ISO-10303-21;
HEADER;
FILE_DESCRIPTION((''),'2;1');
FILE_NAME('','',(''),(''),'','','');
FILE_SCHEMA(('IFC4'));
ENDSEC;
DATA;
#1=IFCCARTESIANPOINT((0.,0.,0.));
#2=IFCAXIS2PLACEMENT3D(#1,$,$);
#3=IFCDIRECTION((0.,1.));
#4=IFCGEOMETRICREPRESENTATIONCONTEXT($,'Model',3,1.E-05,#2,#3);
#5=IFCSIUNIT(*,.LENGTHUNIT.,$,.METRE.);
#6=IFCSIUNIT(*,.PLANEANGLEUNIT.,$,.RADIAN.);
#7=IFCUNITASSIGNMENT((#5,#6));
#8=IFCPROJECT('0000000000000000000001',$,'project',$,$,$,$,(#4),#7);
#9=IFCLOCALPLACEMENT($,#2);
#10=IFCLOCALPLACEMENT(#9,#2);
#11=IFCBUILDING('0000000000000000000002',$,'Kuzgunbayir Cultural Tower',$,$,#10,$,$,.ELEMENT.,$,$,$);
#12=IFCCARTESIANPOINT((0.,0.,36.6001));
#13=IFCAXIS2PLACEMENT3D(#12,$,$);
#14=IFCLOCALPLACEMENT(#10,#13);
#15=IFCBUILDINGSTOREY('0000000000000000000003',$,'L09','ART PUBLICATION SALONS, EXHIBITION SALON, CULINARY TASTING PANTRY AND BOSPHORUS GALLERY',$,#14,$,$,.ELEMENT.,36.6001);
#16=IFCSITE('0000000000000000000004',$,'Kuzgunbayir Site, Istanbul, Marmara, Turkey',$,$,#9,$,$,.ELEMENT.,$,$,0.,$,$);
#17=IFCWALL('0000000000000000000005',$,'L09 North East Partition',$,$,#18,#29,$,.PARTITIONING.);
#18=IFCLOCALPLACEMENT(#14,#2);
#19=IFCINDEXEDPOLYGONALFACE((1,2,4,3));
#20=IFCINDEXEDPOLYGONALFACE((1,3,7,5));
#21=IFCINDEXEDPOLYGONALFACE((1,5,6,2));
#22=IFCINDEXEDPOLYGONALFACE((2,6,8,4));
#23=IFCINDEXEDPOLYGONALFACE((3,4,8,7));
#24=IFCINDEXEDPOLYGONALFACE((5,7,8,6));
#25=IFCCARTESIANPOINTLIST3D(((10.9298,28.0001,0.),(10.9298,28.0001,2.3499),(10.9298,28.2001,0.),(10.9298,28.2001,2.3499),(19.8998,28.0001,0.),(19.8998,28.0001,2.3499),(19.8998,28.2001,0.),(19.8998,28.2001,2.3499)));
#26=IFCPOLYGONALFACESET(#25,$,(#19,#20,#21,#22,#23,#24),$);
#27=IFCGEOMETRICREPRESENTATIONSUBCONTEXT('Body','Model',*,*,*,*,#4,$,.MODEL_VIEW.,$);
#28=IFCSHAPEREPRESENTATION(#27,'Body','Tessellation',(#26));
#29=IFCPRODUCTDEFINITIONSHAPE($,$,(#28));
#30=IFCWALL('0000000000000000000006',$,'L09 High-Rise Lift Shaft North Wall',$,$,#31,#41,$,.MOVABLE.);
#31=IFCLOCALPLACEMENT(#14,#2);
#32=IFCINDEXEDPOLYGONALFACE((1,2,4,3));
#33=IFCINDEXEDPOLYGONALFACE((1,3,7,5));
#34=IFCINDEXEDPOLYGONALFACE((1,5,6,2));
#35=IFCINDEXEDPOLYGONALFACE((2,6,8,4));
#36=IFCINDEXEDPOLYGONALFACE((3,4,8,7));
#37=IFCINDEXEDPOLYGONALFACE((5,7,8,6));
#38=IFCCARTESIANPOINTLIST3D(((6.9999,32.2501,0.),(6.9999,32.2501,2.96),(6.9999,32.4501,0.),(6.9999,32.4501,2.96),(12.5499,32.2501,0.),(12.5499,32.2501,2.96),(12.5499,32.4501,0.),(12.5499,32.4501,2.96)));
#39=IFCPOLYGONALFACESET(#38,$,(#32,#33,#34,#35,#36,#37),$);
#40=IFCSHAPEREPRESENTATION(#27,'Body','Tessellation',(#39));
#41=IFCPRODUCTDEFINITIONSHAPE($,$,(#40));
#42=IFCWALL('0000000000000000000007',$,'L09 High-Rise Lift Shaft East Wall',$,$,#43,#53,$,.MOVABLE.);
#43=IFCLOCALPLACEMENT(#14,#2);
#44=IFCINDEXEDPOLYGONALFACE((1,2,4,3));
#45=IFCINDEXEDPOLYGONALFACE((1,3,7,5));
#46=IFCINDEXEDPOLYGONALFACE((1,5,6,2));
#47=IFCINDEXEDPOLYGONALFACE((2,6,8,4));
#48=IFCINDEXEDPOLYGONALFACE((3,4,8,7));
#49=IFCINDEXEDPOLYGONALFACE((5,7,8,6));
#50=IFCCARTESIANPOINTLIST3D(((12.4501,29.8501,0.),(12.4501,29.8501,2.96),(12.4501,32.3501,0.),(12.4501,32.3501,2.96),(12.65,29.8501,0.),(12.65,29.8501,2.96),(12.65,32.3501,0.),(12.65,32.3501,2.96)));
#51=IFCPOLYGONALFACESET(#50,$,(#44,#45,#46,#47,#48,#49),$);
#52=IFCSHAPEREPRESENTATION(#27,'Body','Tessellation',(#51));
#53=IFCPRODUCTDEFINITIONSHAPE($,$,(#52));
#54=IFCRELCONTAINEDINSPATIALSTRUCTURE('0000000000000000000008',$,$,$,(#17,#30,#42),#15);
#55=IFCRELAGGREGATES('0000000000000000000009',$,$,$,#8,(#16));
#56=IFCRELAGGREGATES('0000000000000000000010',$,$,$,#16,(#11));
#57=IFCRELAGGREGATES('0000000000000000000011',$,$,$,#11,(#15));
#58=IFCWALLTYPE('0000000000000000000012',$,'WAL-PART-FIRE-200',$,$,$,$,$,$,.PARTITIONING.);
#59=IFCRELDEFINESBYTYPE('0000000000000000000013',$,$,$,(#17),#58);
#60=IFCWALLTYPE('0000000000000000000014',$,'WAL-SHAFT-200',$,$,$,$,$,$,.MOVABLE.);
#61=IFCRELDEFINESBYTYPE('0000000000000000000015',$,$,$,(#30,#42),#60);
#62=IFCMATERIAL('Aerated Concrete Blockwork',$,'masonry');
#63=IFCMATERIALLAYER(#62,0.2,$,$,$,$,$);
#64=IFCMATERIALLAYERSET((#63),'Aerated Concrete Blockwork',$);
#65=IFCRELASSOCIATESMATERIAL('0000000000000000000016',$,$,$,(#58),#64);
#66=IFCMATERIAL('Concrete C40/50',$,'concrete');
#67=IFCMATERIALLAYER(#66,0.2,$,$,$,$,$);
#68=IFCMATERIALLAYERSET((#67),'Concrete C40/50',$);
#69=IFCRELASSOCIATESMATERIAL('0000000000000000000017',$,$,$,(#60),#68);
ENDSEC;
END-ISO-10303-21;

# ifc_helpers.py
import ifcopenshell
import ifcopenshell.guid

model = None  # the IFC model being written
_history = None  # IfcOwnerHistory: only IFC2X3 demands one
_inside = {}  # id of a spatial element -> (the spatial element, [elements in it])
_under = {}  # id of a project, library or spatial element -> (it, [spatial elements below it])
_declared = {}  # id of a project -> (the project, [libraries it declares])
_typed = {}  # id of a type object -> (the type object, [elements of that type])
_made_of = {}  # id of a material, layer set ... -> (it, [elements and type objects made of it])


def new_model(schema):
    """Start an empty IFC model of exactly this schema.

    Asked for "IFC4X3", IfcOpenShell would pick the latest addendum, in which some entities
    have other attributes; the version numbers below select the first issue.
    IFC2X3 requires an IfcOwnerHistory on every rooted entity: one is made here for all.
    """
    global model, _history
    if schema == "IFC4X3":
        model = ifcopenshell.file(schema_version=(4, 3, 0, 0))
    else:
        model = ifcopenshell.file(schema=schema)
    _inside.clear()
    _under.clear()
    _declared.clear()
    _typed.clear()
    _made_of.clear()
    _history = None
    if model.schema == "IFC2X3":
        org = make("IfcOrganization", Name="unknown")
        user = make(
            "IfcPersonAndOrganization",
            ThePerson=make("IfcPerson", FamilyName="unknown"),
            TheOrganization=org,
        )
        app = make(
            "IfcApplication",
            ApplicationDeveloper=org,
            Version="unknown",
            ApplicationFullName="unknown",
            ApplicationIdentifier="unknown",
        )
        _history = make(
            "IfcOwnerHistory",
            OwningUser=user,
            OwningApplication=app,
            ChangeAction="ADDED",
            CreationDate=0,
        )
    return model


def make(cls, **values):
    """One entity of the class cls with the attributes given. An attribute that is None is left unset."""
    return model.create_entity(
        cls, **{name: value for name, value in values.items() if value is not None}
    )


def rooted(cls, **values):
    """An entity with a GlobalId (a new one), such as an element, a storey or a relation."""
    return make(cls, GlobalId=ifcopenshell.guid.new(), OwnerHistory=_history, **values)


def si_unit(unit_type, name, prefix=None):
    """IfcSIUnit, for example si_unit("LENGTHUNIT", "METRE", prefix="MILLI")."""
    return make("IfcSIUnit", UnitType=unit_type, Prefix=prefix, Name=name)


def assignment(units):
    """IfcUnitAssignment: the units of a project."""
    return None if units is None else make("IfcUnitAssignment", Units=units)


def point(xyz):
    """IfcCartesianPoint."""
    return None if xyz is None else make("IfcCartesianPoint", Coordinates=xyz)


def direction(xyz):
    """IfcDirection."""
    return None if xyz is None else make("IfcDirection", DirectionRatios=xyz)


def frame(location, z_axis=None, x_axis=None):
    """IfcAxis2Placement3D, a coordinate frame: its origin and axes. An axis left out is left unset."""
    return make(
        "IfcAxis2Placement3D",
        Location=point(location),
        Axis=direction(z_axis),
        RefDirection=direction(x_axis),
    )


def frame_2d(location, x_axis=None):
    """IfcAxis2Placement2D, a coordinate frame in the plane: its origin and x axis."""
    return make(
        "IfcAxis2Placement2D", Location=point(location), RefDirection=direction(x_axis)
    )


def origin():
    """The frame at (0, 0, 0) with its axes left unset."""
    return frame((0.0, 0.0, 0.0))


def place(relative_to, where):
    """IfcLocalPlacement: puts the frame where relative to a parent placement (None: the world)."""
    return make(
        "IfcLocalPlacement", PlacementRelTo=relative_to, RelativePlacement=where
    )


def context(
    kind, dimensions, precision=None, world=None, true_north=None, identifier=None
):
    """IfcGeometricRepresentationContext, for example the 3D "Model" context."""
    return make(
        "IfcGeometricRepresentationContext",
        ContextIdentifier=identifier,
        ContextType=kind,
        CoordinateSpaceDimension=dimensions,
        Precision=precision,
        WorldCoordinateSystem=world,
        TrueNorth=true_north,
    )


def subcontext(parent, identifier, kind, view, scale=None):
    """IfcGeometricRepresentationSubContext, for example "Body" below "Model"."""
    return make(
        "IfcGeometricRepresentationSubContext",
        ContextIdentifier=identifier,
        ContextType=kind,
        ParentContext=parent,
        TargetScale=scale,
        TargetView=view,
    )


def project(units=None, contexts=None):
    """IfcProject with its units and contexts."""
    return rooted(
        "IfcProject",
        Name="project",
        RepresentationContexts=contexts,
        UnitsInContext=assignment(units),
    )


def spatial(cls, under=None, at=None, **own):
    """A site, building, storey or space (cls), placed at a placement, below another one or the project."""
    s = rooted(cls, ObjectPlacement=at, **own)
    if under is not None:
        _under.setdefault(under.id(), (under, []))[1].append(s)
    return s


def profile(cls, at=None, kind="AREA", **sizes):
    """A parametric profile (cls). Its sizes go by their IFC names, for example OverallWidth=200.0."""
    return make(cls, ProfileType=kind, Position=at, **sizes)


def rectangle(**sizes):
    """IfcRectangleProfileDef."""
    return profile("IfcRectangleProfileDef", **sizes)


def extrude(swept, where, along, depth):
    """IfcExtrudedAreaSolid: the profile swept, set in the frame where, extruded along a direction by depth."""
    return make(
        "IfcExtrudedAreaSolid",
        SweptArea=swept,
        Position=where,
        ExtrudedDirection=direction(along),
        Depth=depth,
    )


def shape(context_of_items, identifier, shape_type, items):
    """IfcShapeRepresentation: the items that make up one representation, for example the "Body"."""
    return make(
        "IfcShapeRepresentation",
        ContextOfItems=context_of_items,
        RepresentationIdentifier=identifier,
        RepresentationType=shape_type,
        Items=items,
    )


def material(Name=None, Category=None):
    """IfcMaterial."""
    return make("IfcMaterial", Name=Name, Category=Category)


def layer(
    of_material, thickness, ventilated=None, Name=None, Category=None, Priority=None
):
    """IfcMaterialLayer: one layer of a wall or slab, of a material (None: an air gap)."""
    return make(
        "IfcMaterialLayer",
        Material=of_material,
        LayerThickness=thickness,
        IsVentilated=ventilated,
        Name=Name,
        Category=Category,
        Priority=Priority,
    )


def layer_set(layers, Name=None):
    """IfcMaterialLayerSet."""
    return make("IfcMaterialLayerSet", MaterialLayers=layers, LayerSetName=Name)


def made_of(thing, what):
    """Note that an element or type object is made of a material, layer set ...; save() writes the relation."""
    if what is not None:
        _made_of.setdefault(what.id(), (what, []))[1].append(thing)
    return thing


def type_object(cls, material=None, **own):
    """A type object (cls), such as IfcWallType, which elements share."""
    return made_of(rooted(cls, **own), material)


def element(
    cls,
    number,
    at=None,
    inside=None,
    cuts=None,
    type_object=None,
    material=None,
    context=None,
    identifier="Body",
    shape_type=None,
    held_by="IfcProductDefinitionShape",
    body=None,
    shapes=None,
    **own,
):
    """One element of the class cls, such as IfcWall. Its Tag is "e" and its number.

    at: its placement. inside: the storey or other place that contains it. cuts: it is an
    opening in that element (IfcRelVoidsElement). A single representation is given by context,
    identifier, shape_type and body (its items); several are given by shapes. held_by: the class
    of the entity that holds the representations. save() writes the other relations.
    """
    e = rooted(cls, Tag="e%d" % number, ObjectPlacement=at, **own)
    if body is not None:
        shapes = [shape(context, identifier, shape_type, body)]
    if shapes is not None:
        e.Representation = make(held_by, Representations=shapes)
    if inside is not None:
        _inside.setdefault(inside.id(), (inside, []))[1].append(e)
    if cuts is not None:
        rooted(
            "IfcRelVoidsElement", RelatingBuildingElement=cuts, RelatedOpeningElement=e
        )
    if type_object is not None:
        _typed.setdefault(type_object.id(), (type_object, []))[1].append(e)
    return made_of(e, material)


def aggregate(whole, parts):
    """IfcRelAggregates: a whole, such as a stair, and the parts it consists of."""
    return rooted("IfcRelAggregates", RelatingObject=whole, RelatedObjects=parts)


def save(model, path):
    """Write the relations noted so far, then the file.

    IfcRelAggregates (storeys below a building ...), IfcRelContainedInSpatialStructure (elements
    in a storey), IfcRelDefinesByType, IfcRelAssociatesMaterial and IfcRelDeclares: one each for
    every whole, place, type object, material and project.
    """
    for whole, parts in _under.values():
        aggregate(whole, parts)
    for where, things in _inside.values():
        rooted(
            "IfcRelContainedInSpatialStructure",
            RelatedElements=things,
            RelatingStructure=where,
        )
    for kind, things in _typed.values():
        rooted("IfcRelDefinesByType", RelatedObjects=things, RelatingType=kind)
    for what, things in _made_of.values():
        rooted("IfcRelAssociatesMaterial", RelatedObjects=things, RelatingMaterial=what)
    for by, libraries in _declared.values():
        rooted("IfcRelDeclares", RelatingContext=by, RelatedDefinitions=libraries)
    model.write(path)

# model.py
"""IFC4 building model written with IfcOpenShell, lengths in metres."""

from ifc_helpers import new_model, si_unit, direction, frame, frame_2d, origin, place, context, subcontext, project, spatial, rectangle, extrude, material, layer, layer_set, type_object, element, save


model = new_model("IFC4")

# Units and contexts
model_context = context("Model", 3, precision=1e-05, world=origin(), true_north=direction((0.0, 1.0)))
body_context = subcontext(model_context, "Body", "Model", "MODEL_VIEW")
ifc_project = project(units=[si_unit("LENGTHUNIT", "METRE"), si_unit("PLANEANGLEUNIT", "RADIAN")], contexts=[model_context])

# Site, building, storey
site_placement = place(None, origin())
site = spatial("IfcSite", under=ifc_project, at=site_placement, Name="Kuzgunbayir Site, Istanbul, Marmara, Turkey", CompositionType="ELEMENT", RefElevation=0.0)
building_placement = place(site_placement, origin())
building = spatial("IfcBuilding", under=site, at=building_placement, Name="Kuzgunbayir Cultural Tower", CompositionType="ELEMENT")
storey_placement = place(building_placement, frame((0.0, 0.0, 36.6001)))
storey = spatial("IfcBuildingStorey", under=building, at=storey_placement, Name="L09", Description="ART PUBLICATION SALONS, EXHIBITION SALON, CULINARY TASTING PANTRY AND BOSPHORUS GALLERY", CompositionType="ELEMENT", Elevation=36.6001)

# Shared definitions
ifc_material_1 = material(Name="Aerated Concrete Blockwork", Category="masonry")
ifc_layer_1 = layer(ifc_material_1, 0.2)
ifc_layer_set_1 = layer_set([ifc_layer_1], Name="Aerated Concrete Blockwork")
wall_type_1 = type_object("IfcWallType", Name="WAL-PART-FIRE-200", PredefinedType="PARTITIONING", material=ifc_layer_set_1)

# Walls
wall_1_placement = place(storey_placement, frame((10.9299, 28.1001, 0.0), z_axis=(0.0, 0.0, 1.0), x_axis=(1.0, 0.0, 0.0)))
element("IfcWall", 1, at=wall_1_placement, inside=storey, type_object=wall_type_1, Name="L09 North East Partition", PredefinedType="PARTITIONING", context=body_context, shape_type="SweptSolid", body=[
    extrude(rectangle(XDim=8.97, YDim=0.2, at=frame_2d((4.4849, 0.0))), origin(), (0.0, 0.0, 1.0), 2.3499),
])
ifc_material_2 = material(Name="Concrete C40/50", Category="concrete")
ifc_layer_2 = layer(ifc_material_2, 0.2)
ifc_layer_set_2 = layer_set([ifc_layer_2], Name="Concrete C40/50")
wall_type_2 = type_object("IfcWallType", Name="WAL-SHAFT-200", PredefinedType="MOVABLE", material=ifc_layer_set_2)
wall_2_placement = place(storey_placement, frame((7.0, 32.3501, 0.0), z_axis=(0.0, 0.0, 1.0), x_axis=(1.0, 0.0, 0.0)))
element("IfcWall", 2, at=wall_2_placement, inside=storey, type_object=wall_type_2, Name="L09 High-Rise Lift Shaft North Wall", PredefinedType="MOVABLE", context=body_context, shape_type="SweptSolid", body=[
    extrude(rectangle(XDim=5.55, YDim=0.2, at=frame_2d((2.7749, 0.0))), origin(), (0.0, 0.0, 1.0), 2.96),
])
wall_3_placement = place(storey_placement, frame((12.55, 29.8501, 0.0), z_axis=(0.0, 0.0, 1.0), x_axis=(0.0, 1.0, 0.0)))
element("IfcWall", 3, at=wall_3_placement, inside=storey, type_object=wall_type_2, Name="L09 High-Rise Lift Shaft East Wall", PredefinedType="MOVABLE", context=body_context, shape_type="SweptSolid", body=[
    extrude(rectangle(XDim=2.5, YDim=0.2, at=frame_2d((1.25, 0.0))), origin(), (0.0, 0.0, 1.0), 2.96),
])

save(model, "model.ifc")
